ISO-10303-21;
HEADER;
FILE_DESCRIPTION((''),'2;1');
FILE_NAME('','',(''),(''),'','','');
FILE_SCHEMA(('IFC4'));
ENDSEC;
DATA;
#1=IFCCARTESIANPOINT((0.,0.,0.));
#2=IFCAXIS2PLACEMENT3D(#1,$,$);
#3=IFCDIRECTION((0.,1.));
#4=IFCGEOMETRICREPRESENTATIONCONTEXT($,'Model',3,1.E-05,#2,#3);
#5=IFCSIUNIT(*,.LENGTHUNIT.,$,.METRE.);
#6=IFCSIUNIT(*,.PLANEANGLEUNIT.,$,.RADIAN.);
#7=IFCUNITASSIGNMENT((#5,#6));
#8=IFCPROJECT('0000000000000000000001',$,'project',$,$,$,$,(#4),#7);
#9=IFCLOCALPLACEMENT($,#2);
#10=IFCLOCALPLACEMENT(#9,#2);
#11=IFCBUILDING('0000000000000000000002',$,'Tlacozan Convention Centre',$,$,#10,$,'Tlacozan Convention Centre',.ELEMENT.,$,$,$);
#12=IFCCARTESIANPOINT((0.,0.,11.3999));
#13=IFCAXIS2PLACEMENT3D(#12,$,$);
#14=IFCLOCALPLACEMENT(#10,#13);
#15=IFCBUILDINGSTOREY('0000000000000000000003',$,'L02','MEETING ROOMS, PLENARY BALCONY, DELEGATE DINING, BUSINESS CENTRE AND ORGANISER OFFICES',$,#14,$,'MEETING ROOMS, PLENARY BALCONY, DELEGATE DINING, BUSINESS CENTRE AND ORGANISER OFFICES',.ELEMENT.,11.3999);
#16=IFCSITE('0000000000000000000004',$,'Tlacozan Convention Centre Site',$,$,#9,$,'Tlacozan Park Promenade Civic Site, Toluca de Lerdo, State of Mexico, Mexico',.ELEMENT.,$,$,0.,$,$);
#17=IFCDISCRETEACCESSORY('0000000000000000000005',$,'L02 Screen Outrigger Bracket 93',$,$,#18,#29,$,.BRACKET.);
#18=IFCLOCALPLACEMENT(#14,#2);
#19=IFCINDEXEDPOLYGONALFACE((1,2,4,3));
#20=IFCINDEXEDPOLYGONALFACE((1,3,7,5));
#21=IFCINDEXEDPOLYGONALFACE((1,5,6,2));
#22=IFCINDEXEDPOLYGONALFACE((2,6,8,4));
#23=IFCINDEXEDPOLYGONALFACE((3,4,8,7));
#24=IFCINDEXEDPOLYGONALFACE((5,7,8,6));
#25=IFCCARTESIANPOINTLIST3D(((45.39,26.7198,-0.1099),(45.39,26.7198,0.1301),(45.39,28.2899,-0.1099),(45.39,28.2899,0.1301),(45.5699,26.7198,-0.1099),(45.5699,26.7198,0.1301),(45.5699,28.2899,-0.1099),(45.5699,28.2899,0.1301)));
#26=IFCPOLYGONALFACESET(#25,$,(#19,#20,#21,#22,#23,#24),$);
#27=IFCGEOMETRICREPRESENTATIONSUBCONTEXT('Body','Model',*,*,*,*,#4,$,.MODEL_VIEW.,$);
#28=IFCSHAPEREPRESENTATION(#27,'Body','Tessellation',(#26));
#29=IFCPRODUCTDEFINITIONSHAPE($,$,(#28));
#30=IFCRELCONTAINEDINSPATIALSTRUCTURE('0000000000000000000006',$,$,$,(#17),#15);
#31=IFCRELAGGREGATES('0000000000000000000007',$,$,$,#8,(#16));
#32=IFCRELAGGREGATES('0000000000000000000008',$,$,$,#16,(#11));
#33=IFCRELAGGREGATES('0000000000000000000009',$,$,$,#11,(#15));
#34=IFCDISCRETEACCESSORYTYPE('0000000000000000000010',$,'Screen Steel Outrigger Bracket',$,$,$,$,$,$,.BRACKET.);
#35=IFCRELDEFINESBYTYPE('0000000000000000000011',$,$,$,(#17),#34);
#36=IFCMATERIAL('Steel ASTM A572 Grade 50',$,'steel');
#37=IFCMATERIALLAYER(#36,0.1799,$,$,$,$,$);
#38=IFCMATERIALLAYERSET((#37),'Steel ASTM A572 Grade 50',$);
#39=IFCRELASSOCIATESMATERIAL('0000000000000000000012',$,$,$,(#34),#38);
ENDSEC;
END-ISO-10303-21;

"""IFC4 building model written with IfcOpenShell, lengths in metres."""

from ifc_helpers import new_model, si_unit, direction, frame, origin, origin_2d, place, context, subcontext, project, spatial, rectangle, extrude, material, layer, layer_set, type_object, element, save


model = new_model("IFC4")

# Units and contexts
model_context = context("Model", 3, precision=1e-05, world=origin(), true_north=direction((0.0, 1.0)))
body_context = subcontext(model_context, "Body", "Model", "MODEL_VIEW")
ifc_project = project(units=[si_unit("LENGTHUNIT", "METRE"), si_unit("PLANEANGLEUNIT", "RADIAN")], contexts=[model_context])

# Site, building, storey
site_placement = place(None, origin())
site = spatial("IfcSite", under=ifc_project, at=site_placement, Name="Tlacozan Convention Centre Site", LongName="Tlacozan Park Promenade Civic Site, Toluca de Lerdo, State of Mexico, Mexico", CompositionType="ELEMENT", RefElevation=0.0)
building_placement = place(site_placement, origin())
building = spatial("IfcBuilding", under=site, at=building_placement, Name="Tlacozan Convention Centre", LongName="Tlacozan Convention Centre", CompositionType="ELEMENT")
storey_placement = place(building_placement, frame((0.0, 0.0, 11.3999)))
storey = spatial("IfcBuildingStorey", under=building, at=storey_placement, Name="L02", Description="MEETING ROOMS, PLENARY BALCONY, DELEGATE DINING, BUSINESS CENTRE AND ORGANISER OFFICES", LongName="MEETING ROOMS, PLENARY BALCONY, DELEGATE DINING, BUSINESS CENTRE AND ORGANISER OFFICES", CompositionType="ELEMENT", Elevation=11.3999)

# Shared definitions
ifc_material_1 = material(Name="Steel ASTM A572 Grade 50", Category="steel")

# Discrete accessory
ifc_layer_1 = layer(ifc_material_1, 0.1799)
ifc_layer_set_1 = layer_set([ifc_layer_1], Name="Steel ASTM A572 Grade 50")
discrete_accessory_type = type_object("IfcDiscreteAccessoryType", Name="Screen Steel Outrigger Bracket", PredefinedType="BRACKET", material=ifc_layer_set_1)
for number, where, z_axis, x_axis, name in (
    (1, (45.48, 27.5049, -0.1099), (0.0, 0.0, 1.0), (0.0, -1.0, 0.0), "L02 Screen Outrigger Bracket 93"),
):
    element("IfcDiscreteAccessory", number, at=place(storey_placement, frame(where, z_axis=z_axis, x_axis=x_axis)), inside=storey, type_object=discrete_accessory_type, Name=name, PredefinedType="BRACKET", context=body_context, shape_type="SweptSolid", body=[
        extrude(rectangle(XDim=1.5701, YDim=0.1799, at=origin_2d()), origin(), (0.0, 0.0, 1.0), 0.24),
    ])

save(model, "model.ifc")
